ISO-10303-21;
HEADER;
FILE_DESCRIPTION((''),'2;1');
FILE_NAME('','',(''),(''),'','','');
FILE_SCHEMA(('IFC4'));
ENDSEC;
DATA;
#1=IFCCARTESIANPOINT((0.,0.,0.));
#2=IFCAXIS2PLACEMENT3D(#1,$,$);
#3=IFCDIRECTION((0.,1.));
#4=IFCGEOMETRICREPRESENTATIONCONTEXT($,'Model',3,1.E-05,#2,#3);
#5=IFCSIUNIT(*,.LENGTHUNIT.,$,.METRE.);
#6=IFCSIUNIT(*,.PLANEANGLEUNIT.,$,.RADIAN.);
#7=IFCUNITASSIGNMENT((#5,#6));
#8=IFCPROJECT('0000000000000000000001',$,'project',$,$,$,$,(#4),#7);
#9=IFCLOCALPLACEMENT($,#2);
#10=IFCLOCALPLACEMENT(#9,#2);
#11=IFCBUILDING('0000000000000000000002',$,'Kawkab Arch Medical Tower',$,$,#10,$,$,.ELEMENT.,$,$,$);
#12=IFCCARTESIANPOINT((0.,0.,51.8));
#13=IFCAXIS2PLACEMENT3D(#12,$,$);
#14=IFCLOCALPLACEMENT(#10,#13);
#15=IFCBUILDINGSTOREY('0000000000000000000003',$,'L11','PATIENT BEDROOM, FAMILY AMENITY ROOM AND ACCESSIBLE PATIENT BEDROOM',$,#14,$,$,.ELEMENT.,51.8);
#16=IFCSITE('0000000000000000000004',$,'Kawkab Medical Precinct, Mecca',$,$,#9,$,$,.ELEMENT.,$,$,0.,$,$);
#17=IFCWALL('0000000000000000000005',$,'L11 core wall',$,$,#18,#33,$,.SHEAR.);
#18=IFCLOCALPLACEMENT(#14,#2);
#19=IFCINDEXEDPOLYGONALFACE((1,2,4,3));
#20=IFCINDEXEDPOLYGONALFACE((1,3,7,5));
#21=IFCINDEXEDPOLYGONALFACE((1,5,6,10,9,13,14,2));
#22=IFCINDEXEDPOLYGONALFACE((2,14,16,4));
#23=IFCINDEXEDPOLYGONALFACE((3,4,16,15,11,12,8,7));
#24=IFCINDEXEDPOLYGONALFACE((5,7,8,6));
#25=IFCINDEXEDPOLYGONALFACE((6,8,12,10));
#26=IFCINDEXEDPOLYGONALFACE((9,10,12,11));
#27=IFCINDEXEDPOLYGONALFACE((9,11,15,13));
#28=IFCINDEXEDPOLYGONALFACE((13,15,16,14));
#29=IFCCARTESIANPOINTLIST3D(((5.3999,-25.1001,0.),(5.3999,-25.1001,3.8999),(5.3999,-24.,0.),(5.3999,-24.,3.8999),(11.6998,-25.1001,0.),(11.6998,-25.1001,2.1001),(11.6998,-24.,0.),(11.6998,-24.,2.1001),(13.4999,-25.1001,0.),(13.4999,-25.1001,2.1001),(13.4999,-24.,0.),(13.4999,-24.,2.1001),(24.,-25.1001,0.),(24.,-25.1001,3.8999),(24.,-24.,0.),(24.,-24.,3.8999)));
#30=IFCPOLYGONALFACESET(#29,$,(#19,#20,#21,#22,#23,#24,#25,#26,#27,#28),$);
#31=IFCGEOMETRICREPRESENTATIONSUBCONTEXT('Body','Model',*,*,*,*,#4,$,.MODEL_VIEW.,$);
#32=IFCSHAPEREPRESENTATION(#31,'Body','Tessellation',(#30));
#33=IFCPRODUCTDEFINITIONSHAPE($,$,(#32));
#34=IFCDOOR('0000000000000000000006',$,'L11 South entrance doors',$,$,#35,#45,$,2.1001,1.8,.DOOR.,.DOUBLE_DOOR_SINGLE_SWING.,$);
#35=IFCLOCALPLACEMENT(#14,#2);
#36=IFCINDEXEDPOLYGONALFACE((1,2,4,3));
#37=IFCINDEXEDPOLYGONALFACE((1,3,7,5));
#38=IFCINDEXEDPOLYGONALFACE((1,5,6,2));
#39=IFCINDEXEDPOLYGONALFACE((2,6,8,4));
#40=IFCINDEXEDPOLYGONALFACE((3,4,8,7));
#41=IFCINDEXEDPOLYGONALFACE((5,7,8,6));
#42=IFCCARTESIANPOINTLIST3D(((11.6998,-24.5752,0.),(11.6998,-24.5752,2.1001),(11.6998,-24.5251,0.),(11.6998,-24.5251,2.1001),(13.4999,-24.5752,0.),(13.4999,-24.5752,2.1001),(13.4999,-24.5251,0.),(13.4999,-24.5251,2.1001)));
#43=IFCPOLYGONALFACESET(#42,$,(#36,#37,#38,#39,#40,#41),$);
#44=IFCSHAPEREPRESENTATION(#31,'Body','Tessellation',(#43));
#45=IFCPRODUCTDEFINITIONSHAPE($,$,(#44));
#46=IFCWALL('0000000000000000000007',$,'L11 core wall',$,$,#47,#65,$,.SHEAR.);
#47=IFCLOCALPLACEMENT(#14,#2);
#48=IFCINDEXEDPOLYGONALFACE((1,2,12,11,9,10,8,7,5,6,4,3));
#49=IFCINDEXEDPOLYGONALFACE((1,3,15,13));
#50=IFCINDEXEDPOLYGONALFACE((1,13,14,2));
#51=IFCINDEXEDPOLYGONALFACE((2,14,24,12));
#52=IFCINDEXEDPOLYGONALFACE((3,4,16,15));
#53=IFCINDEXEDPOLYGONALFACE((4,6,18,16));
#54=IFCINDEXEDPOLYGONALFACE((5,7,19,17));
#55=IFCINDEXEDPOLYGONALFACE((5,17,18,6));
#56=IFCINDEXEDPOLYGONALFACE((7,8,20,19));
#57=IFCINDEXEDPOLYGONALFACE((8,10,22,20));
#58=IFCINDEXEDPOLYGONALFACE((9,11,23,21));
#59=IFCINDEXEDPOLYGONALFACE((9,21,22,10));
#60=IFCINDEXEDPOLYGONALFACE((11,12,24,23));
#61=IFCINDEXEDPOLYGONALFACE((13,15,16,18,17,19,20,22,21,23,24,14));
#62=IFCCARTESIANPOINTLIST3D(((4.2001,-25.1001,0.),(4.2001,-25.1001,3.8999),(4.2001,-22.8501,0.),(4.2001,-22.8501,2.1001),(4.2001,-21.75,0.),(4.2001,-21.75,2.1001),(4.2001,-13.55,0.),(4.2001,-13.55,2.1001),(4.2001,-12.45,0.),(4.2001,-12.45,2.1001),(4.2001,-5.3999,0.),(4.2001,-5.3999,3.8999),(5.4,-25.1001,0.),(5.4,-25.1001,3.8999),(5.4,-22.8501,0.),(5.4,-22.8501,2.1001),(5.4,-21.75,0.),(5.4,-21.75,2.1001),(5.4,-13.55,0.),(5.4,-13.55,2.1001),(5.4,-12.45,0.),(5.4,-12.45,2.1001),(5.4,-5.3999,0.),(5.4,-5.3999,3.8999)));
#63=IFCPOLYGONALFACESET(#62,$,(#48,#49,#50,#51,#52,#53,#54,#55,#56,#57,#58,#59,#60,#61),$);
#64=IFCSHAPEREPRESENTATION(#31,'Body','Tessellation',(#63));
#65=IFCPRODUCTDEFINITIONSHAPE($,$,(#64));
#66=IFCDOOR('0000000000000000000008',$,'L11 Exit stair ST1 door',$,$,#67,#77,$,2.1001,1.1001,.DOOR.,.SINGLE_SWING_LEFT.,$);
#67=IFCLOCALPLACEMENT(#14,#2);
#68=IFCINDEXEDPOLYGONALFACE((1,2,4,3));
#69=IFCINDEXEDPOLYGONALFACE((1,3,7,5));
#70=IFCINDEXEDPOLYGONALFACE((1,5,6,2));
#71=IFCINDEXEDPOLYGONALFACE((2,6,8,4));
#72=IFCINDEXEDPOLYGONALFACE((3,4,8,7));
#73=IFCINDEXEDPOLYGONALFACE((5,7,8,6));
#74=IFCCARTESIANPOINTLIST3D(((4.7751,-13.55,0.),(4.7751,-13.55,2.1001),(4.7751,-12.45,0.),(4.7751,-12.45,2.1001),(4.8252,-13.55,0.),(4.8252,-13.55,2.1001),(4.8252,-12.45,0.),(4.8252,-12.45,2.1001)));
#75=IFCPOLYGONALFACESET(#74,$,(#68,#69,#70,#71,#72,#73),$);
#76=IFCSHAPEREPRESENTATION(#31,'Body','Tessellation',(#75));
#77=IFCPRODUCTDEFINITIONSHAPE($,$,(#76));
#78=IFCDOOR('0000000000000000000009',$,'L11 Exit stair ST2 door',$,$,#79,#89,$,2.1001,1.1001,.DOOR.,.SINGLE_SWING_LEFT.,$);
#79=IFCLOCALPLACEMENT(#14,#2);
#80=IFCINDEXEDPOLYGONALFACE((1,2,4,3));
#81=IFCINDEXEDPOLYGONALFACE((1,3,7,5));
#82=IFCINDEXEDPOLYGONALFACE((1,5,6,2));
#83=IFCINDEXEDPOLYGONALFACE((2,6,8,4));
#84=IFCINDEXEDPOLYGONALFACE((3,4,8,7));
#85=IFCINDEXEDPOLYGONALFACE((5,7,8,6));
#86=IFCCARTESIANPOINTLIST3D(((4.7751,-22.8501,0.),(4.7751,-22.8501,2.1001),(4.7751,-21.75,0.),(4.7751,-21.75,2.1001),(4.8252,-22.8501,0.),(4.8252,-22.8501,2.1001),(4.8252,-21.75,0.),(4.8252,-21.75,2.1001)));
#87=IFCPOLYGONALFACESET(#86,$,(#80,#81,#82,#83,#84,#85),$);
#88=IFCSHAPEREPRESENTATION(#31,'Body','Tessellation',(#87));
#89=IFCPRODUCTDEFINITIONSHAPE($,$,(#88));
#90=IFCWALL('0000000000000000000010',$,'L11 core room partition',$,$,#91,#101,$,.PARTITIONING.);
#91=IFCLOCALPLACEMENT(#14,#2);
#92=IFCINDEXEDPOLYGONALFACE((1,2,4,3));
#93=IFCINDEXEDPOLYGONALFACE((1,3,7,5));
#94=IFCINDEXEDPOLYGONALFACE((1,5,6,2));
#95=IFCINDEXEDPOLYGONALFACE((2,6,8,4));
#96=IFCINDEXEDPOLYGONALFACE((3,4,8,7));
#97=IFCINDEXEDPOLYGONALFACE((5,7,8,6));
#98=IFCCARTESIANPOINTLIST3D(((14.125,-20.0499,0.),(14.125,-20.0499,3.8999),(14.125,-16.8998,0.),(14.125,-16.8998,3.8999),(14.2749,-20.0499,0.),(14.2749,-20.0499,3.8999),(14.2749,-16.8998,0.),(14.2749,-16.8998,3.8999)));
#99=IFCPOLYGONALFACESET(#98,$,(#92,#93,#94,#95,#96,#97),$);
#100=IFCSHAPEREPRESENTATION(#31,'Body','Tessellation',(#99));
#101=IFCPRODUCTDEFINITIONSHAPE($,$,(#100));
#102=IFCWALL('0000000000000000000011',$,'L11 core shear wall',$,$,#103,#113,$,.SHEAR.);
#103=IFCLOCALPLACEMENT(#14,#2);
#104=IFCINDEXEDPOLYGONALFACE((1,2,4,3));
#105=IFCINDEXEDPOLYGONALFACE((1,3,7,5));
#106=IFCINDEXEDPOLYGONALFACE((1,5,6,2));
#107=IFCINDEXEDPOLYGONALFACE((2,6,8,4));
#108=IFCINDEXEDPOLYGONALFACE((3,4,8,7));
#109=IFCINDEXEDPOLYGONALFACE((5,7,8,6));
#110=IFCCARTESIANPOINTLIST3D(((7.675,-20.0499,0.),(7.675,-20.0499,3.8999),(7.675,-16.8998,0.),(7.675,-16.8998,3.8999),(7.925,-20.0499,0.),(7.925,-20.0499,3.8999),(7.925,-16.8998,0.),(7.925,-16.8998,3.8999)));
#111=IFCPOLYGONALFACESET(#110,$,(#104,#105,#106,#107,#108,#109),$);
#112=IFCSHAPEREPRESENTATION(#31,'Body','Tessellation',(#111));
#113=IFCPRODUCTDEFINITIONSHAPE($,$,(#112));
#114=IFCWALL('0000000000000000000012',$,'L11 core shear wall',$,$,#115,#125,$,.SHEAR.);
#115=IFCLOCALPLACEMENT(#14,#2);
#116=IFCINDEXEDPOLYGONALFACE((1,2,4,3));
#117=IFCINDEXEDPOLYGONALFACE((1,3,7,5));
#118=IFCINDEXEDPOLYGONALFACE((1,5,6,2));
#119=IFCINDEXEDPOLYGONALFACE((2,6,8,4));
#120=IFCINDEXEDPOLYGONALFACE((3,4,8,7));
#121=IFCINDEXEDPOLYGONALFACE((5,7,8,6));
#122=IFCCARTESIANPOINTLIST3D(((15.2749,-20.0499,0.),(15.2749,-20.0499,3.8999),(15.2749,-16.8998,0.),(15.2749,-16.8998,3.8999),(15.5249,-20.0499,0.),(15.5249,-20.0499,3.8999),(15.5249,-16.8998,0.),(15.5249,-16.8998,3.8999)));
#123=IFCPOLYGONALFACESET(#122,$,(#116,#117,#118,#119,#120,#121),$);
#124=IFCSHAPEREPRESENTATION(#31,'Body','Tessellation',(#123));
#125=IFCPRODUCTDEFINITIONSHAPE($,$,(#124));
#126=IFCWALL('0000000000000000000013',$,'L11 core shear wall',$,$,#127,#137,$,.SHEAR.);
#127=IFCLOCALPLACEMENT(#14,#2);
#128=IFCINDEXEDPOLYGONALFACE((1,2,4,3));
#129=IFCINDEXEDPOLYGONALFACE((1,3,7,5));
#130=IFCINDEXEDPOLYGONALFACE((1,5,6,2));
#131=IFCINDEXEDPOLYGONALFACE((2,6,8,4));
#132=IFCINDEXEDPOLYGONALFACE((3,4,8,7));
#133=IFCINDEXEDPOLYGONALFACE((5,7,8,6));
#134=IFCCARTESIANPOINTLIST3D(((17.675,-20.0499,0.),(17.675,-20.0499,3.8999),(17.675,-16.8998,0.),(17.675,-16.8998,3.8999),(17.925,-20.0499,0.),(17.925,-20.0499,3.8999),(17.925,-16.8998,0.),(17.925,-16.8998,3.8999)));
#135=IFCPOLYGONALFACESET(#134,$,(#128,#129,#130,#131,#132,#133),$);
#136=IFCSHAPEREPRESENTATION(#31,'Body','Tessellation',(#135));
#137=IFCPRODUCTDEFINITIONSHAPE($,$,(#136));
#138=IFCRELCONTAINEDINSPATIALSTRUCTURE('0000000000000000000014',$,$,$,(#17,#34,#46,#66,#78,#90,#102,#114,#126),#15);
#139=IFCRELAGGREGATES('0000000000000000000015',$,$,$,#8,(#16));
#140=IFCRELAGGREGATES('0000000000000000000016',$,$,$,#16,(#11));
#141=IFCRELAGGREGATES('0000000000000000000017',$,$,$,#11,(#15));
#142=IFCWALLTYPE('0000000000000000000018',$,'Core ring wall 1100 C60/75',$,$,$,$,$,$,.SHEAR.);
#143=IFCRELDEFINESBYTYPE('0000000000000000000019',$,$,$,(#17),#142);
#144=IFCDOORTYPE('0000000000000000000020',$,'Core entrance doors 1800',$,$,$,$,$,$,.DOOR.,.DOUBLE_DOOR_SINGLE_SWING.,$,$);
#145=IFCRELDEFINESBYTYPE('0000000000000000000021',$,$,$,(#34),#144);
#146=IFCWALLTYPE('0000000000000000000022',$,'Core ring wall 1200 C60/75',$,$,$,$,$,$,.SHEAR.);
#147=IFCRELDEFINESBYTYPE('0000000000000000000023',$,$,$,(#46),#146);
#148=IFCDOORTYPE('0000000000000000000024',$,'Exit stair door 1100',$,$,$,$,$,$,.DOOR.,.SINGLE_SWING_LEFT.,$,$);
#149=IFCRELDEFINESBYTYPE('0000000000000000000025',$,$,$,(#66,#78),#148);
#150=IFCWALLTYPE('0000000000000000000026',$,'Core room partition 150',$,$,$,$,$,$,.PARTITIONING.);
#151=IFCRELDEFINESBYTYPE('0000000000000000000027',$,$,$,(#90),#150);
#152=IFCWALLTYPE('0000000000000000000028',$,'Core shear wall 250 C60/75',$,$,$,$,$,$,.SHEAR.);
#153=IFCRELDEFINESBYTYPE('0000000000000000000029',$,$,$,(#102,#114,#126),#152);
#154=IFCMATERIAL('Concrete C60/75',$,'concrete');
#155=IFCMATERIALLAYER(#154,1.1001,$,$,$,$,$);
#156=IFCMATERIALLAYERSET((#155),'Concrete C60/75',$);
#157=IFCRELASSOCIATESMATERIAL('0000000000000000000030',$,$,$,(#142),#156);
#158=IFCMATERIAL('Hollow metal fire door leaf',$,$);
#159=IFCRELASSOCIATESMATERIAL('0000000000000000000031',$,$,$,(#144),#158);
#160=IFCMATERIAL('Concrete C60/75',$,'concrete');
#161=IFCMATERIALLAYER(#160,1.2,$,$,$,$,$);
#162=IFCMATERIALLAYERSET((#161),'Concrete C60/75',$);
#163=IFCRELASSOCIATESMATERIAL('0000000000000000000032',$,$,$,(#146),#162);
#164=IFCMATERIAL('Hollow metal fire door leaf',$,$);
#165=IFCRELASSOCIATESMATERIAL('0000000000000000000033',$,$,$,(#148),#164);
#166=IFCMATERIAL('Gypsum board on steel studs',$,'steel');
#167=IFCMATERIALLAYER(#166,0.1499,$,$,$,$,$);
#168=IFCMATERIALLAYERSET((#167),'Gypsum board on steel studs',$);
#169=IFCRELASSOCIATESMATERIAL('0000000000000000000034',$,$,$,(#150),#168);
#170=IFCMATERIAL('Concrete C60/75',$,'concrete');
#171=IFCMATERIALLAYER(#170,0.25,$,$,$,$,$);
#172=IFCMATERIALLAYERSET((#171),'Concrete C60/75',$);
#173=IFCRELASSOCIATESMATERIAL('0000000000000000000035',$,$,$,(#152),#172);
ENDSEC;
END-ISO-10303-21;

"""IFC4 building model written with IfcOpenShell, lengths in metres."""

from ifc_helpers import new_model, si_unit, direction, frame, frame_2d, origin, place, context, subcontext, project, spatial, rectangle, extrude, material, layer, layer_set, type_object, element, fill, save


model = new_model("IFC4")

# Units and contexts
model_context = context("Model", 3, precision=1e-05, world=origin(), true_north=direction((0.0, 1.0)))
body_context = subcontext(model_context, "Body", "Model", "MODEL_VIEW")
ifc_project = project(units=[si_unit("LENGTHUNIT", "METRE"), si_unit("PLANEANGLEUNIT", "RADIAN")], contexts=[model_context])

# Site, building, storey
site_placement = place(None, origin())
site = spatial("IfcSite", under=ifc_project, at=site_placement, Name="Kawkab Medical Precinct, Mecca", CompositionType="ELEMENT", RefElevation=0.0)
building_placement = place(site_placement, origin())
building = spatial("IfcBuilding", under=site, at=building_placement, Name="Kawkab Arch Medical Tower", CompositionType="ELEMENT")
storey_placement = place(building_placement, frame((0.0, 0.0, 51.8)))
storey = spatial("IfcBuildingStorey", under=building, at=storey_placement, Name="L11", Description="PATIENT BEDROOM, FAMILY AMENITY ROOM AND ACCESSIBLE PATIENT BEDROOM", CompositionType="ELEMENT", Elevation=51.8)

# Wall, opening, door
ifc_material_1 = material(Name="Concrete C60/75", Category="concrete")
ifc_layer_1 = layer(ifc_material_1, 1.1001)
ifc_layer_set_1 = layer_set([ifc_layer_1], Name="Concrete C60/75")
wall_type_1 = type_object("IfcWallType", Name="Core ring wall 1100 C60/75", PredefinedType="SHEAR", material=ifc_layer_set_1)
wall_1_placement = place(storey_placement, frame((5.3999, -24.55, 0.0), z_axis=(0.0, 0.0, 1.0), x_axis=(1.0, 0.0, 0.0)))
wall_1 = element("IfcWall", 1, at=wall_1_placement, inside=storey, type_object=wall_type_1, Name="L11 core wall", PredefinedType="SHEAR", context=body_context, shape_type="SweptSolid", body=[
    extrude(rectangle(XDim=18.6001, YDim=1.1001, at=frame_2d((9.3, 0.0))), origin(), (0.0, 0.0, 1.0), 3.8999),
])
opening_1_placement = place(wall_1_placement, frame((6.3, 0.0, 0.0)))
opening_1 = element("IfcOpeningElement", 2, at=opening_1_placement, cuts=wall_1, PredefinedType="OPENING", context=body_context, shape_type="SweptSolid", body=[
    extrude(rectangle(XDim=1.8, YDim=2.1001, at=frame_2d((0.8999, 1.05))), frame((0.0, 0.5601, 0.0), z_axis=(0.0, -1.0, 0.0), x_axis=(1.0, 0.0, 0.0)), (0.0, 0.0, 1.0), 1.1201),
])
ifc_material_2 = material(Name="Hollow metal fire door leaf")
door_type_1 = type_object("IfcDoorType", Name="Core entrance doors 1800", OperationType="DOUBLE_DOOR_SINGLE_SWING", PredefinedType="DOOR", material=ifc_material_2)
door_1_placement = place(opening_1_placement, origin())
door_1 = element("IfcDoor", 3, at=door_1_placement, inside=storey, type_object=door_type_1, Name="L11 South entrance doors", OperationType="DOUBLE_DOOR_SINGLE_SWING", OverallHeight=2.1001, OverallWidth=1.8, PredefinedType="DOOR", context=body_context, shape_type="SweptSolid", body=[
    extrude(rectangle(XDim=1.8, YDim=2.1001, at=frame_2d((0.8999, 1.05))), frame((0.0, 0.0249, 0.0), z_axis=(0.0, -1.0, 0.0), x_axis=(1.0, 0.0, 0.0)), (0.0, 0.0, 1.0), 0.05),
])
fill(opening_1, door_1)

# Wall, openings, doors
ifc_material_3 = material(Name="Concrete C60/75", Category="concrete")
ifc_layer_2 = layer(ifc_material_3, 1.2)
ifc_layer_set_2 = layer_set([ifc_layer_2], Name="Concrete C60/75")
wall_type_2 = type_object("IfcWallType", Name="Core ring wall 1200 C60/75", PredefinedType="SHEAR", material=ifc_layer_set_2)
wall_2_placement = place(storey_placement, frame((4.8, -25.1001, 0.0), z_axis=(0.0, 0.0, 1.0), x_axis=(0.0, 1.0, 0.0)))
wall_2 = element("IfcWall", 4, at=wall_2_placement, inside=storey, type_object=wall_type_2, Name="L11 core wall", PredefinedType="SHEAR", context=body_context, shape_type="SweptSolid", body=[
    extrude(rectangle(XDim=19.7002, YDim=1.2, at=frame_2d((9.8501, 0.0))), origin(), (0.0, 0.0, 1.0), 3.8999),
])
opening_2_placement = place(wall_2_placement, frame((11.55, 0.0, 0.0)))
opening_2 = element("IfcOpeningElement", 5, at=opening_2_placement, cuts=wall_2, PredefinedType="OPENING", context=body_context, shape_type="SweptSolid", body=[
    extrude(rectangle(XDim=1.1001, YDim=2.1001, at=frame_2d((0.55, 1.05))), frame((0.0, 0.6099, 0.0), z_axis=(0.0, -1.0, 0.0), x_axis=(1.0, 0.0, 0.0)), (0.0, 0.0, 1.0), 1.22),
])
opening_3_placement = place(wall_2_placement, frame((2.25, 0.0, 0.0)))
opening_3 = element("IfcOpeningElement", 6, at=opening_3_placement, cuts=wall_2, PredefinedType="OPENING", context=body_context, shape_type="SweptSolid", body=[
    extrude(rectangle(XDim=1.1001, YDim=2.1001, at=frame_2d((0.55, 1.05))), frame((0.0, 0.6099, 0.0), z_axis=(0.0, -1.0, 0.0), x_axis=(1.0, 0.0, 0.0)), (0.0, 0.0, 1.0), 1.22),
])
ifc_material_4 = material(Name="Hollow metal fire door leaf")
door_type_2 = type_object("IfcDoorType", Name="Exit stair door 1100", OperationType="SINGLE_SWING_LEFT", PredefinedType="DOOR", material=ifc_material_4)
door_2_placement = place(opening_2_placement, origin())
door_2 = element("IfcDoor", 7, at=door_2_placement, inside=storey, type_object=door_type_2, Name="L11 Exit stair ST1 door", OperationType="SINGLE_SWING_LEFT", OverallHeight=2.1001, OverallWidth=1.1001, PredefinedType="DOOR", context=body_context, shape_type="SweptSolid", body=[
    extrude(rectangle(XDim=1.1001, YDim=2.1001, at=frame_2d((0.55, 1.05))), frame((0.0, 0.0249, 0.0), z_axis=(0.0, -1.0, 0.0), x_axis=(1.0, 0.0, 0.0)), (0.0, 0.0, 1.0), 0.05),
])
fill(opening_2, door_2)
door_3_placement = place(opening_3_placement, origin())
door_3 = element("IfcDoor", 8, at=door_3_placement, inside=storey, type_object=door_type_2, Name="L11 Exit stair ST2 door", OperationType="SINGLE_SWING_LEFT", OverallHeight=2.1001, OverallWidth=1.1001, PredefinedType="DOOR", context=body_context, shape_type="SweptSolid", body=[
    extrude(rectangle(XDim=1.1001, YDim=2.1001, at=frame_2d((0.55, 1.05))), frame((0.0, 0.0249, 0.0), z_axis=(0.0, -1.0, 0.0), x_axis=(1.0, 0.0, 0.0)), (0.0, 0.0, 1.0), 0.05),
])
fill(opening_3, door_3)

# Walls
ifc_material_5 = material(Name="Gypsum board on steel studs", Category="steel")
ifc_layer_3 = layer(ifc_material_5, 0.1499)
ifc_layer_set_3 = layer_set([ifc_layer_3], Name="Gypsum board on steel studs")
wall_type_3 = type_object("IfcWallType", Name="Core room partition 150", PredefinedType="PARTITIONING", material=ifc_layer_set_3)
wall_3_placement = place(storey_placement, frame((14.2, -20.05, 0.0), z_axis=(0.0, 0.0, 1.0), x_axis=(0.0, 1.0, 0.0)))
element("IfcWall", 9, at=wall_3_placement, inside=storey, type_object=wall_type_3, Name="L11 core room partition", PredefinedType="PARTITIONING", context=body_context, shape_type="SweptSolid", body=[
    extrude(rectangle(XDim=3.1501, YDim=0.1499, at=frame_2d((1.5752, 0.0))), origin(), (0.0, 0.0, 1.0), 3.8999),
])
ifc_material_6 = material(Name="Concrete C60/75", Category="concrete")
ifc_layer_4 = layer(ifc_material_6, 0.25)
ifc_layer_set_4 = layer_set([ifc_layer_4], Name="Concrete C60/75")
wall_type_4 = type_object("IfcWallType", Name="Core shear wall 250 C60/75", PredefinedType="SHEAR", material=ifc_layer_set_4)
for number, where, z_axis, x_axis, name in (
    (10, (7.8, -20.05, 0.0), (0.0, 0.0, 1.0), (0.0, 1.0, 0.0), "L11 core shear wall"),
    (11, (15.3999, -20.05, 0.0), (0.0, 0.0, 1.0), (0.0, 1.0, 0.0), "L11 core shear wall"),
    (12, (17.8, -20.05, 0.0), (0.0, 0.0, 1.0), (0.0, 1.0, 0.0), "L11 core shear wall"),
):
    element("IfcWall", number, at=place(storey_placement, frame(where, z_axis=z_axis, x_axis=x_axis)), inside=storey, type_object=wall_type_4, Name=name, PredefinedType="SHEAR", context=body_context, shape_type="SweptSolid", body=[
        extrude(rectangle(XDim=3.1501, YDim=0.25, at=frame_2d((1.5752, 0.0))), origin(), (0.0, 0.0, 1.0), 3.8999),
    ])

save(model, "model.ifc")
